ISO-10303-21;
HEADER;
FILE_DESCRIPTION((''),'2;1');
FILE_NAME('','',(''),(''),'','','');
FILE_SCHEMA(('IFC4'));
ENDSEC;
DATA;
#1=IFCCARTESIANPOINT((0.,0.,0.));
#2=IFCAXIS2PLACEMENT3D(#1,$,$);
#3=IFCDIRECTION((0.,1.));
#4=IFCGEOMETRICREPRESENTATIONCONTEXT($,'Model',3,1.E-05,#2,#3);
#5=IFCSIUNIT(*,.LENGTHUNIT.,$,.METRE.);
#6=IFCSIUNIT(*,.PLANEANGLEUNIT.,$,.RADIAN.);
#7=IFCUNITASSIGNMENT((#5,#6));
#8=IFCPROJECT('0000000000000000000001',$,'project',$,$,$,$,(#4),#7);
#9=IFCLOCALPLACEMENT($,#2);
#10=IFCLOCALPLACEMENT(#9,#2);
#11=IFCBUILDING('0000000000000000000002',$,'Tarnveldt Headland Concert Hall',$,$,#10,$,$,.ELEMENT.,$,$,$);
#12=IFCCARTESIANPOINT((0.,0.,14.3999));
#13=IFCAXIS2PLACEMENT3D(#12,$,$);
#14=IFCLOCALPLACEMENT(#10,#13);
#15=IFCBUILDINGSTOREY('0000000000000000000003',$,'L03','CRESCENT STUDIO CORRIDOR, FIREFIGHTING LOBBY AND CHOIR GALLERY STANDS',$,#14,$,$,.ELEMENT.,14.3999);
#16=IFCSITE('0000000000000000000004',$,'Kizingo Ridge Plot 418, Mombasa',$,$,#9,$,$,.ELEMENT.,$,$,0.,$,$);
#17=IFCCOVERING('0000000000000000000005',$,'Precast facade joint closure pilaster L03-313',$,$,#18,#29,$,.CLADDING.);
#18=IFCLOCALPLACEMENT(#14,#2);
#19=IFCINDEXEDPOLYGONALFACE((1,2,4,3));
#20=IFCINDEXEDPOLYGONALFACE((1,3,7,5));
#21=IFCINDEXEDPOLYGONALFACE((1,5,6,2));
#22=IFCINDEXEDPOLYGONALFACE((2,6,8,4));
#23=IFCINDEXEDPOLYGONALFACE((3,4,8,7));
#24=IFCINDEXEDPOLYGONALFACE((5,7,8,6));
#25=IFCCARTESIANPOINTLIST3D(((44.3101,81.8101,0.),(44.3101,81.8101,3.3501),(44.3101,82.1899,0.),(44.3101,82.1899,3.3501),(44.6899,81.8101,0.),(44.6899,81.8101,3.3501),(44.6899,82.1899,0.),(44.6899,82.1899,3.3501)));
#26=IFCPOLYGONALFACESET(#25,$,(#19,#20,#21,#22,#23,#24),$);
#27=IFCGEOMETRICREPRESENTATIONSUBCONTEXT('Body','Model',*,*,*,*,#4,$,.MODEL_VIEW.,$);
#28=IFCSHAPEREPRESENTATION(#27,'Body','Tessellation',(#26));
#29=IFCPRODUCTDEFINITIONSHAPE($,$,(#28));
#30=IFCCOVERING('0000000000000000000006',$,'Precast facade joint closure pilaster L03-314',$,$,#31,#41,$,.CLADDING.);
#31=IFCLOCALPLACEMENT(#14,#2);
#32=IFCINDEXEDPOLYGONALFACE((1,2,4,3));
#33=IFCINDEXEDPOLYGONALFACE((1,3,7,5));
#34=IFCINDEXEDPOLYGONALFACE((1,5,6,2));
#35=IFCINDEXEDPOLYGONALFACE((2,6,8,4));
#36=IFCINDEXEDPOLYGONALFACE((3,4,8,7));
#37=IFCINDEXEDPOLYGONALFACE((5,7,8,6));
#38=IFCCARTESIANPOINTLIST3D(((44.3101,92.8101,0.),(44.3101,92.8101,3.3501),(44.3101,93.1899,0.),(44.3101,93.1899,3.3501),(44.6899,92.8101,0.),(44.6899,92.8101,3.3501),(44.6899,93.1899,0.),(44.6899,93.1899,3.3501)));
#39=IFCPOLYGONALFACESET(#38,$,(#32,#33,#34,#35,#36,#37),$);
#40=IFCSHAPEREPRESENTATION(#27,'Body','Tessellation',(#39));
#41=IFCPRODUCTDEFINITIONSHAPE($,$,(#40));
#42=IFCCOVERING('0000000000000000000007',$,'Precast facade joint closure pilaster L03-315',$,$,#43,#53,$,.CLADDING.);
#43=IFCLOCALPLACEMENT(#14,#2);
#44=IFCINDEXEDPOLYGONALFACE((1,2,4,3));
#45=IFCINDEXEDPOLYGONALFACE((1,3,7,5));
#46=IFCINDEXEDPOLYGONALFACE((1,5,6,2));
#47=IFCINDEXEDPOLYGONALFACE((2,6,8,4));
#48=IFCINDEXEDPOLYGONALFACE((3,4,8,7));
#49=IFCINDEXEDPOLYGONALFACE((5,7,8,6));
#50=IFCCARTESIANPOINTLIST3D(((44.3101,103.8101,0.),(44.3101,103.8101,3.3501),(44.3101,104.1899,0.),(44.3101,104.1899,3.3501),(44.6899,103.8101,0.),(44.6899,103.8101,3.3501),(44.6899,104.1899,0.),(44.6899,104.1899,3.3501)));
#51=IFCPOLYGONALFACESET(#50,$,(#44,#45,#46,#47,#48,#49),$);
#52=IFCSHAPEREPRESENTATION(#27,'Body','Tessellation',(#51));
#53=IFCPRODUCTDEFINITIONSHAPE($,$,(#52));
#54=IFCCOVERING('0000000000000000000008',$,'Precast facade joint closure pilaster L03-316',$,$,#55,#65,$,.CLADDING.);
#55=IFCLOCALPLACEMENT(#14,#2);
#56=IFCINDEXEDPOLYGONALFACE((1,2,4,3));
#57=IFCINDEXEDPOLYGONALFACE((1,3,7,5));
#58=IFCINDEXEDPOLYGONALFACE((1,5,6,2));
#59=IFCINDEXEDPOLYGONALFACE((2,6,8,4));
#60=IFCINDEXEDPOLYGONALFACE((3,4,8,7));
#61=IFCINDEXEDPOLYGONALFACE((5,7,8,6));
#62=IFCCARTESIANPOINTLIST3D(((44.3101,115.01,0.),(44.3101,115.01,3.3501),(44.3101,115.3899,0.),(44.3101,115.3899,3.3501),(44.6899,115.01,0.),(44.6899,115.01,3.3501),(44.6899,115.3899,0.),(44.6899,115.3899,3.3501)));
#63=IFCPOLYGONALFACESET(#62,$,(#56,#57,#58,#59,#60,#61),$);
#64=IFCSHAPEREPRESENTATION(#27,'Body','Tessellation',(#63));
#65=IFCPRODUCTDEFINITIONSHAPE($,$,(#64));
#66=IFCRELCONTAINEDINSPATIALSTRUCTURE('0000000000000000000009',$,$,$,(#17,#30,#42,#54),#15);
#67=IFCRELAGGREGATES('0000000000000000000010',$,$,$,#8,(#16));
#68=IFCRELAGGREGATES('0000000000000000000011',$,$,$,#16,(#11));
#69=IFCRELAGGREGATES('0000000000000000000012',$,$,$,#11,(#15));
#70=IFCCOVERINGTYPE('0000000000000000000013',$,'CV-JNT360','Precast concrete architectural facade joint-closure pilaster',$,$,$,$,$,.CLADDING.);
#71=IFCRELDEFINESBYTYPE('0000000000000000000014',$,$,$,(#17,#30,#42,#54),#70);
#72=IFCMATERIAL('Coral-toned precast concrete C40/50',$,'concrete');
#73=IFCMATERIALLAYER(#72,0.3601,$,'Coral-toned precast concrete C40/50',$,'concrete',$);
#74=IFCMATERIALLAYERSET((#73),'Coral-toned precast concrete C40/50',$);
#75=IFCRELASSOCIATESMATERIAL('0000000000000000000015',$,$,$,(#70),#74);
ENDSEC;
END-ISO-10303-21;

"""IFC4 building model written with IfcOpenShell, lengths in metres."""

from ifc_helpers import new_model, si_unit, direction, frame, origin, origin_2d, place, context, subcontext, project, spatial, rectangle, extrude, material, layer, layer_set, type_object, element, save


model = new_model("IFC4")

# Units and contexts
model_context = context("Model", 3, precision=1e-05, world=origin(), true_north=direction((0.0, 1.0)))
body_context = subcontext(model_context, "Body", "Model", "MODEL_VIEW")
ifc_project = project(units=[si_unit("LENGTHUNIT", "METRE"), si_unit("PLANEANGLEUNIT", "RADIAN")], contexts=[model_context])

# Site, building, storey
site_placement = place(None, origin())
site = spatial("IfcSite", under=ifc_project, at=site_placement, Name="Kizingo Ridge Plot 418, Mombasa", CompositionType="ELEMENT", RefElevation=0.0)
building_placement = place(site_placement, origin())
building = spatial("IfcBuilding", under=site, at=building_placement, Name="Tarnveldt Headland Concert Hall", CompositionType="ELEMENT")
storey_placement = place(building_placement, frame((0.0, 0.0, 14.3999)))
storey = spatial("IfcBuildingStorey", under=building, at=storey_placement, Name="L03", Description="CRESCENT STUDIO CORRIDOR, FIREFIGHTING LOBBY AND CHOIR GALLERY STANDS", CompositionType="ELEMENT", Elevation=14.3999)

# Shared definitions
ifc_material_1 = material(Name="Coral-toned precast concrete C40/50", Category="concrete")

# Coverings
ifc_layer_1 = layer(ifc_material_1, 0.3601, Name="Coral-toned precast concrete C40/50", Category="concrete")
ifc_layer_set_1 = layer_set([ifc_layer_1], Name="Coral-toned precast concrete C40/50")
covering_type = type_object("IfcCoveringType", Name="CV-JNT360", Description="Precast concrete architectural facade joint-closure pilaster", PredefinedType="CLADDING", material=ifc_layer_set_1)
for number, where, z_axis, x_axis, name in (
    (1, (44.5, 82.0, 0.0), (0.0, 0.0, 1.0), (0.0, -1.0, 0.0), "Precast facade joint closure pilaster L03-313"),
    (2, (44.5, 93.0, 0.0), (0.0, 0.0, 1.0), (0.0, -1.0, 0.0), "Precast facade joint closure pilaster L03-314"),
    (3, (44.5, 104.0, 0.0), (0.0, 0.0, 1.0), (0.0, -1.0, 0.0), "Precast facade joint closure pilaster L03-315"),
    (4, (44.5, 115.2, 0.0), (0.0, 0.0, 1.0), (0.0, -1.0, 0.0), "Precast facade joint closure pilaster L03-316"),
):
    element("IfcCovering", number, at=place(storey_placement, frame(where, z_axis=z_axis, x_axis=x_axis)), inside=storey, type_object=covering_type, Name=name, PredefinedType="CLADDING", context=body_context, shape_type="SweptSolid", body=[
        extrude(rectangle(XDim=0.3799, YDim=0.3799, at=origin_2d()), origin(), (0.0, 0.0, 1.0), 3.3501),
    ])

save(model, "model.ifc")
